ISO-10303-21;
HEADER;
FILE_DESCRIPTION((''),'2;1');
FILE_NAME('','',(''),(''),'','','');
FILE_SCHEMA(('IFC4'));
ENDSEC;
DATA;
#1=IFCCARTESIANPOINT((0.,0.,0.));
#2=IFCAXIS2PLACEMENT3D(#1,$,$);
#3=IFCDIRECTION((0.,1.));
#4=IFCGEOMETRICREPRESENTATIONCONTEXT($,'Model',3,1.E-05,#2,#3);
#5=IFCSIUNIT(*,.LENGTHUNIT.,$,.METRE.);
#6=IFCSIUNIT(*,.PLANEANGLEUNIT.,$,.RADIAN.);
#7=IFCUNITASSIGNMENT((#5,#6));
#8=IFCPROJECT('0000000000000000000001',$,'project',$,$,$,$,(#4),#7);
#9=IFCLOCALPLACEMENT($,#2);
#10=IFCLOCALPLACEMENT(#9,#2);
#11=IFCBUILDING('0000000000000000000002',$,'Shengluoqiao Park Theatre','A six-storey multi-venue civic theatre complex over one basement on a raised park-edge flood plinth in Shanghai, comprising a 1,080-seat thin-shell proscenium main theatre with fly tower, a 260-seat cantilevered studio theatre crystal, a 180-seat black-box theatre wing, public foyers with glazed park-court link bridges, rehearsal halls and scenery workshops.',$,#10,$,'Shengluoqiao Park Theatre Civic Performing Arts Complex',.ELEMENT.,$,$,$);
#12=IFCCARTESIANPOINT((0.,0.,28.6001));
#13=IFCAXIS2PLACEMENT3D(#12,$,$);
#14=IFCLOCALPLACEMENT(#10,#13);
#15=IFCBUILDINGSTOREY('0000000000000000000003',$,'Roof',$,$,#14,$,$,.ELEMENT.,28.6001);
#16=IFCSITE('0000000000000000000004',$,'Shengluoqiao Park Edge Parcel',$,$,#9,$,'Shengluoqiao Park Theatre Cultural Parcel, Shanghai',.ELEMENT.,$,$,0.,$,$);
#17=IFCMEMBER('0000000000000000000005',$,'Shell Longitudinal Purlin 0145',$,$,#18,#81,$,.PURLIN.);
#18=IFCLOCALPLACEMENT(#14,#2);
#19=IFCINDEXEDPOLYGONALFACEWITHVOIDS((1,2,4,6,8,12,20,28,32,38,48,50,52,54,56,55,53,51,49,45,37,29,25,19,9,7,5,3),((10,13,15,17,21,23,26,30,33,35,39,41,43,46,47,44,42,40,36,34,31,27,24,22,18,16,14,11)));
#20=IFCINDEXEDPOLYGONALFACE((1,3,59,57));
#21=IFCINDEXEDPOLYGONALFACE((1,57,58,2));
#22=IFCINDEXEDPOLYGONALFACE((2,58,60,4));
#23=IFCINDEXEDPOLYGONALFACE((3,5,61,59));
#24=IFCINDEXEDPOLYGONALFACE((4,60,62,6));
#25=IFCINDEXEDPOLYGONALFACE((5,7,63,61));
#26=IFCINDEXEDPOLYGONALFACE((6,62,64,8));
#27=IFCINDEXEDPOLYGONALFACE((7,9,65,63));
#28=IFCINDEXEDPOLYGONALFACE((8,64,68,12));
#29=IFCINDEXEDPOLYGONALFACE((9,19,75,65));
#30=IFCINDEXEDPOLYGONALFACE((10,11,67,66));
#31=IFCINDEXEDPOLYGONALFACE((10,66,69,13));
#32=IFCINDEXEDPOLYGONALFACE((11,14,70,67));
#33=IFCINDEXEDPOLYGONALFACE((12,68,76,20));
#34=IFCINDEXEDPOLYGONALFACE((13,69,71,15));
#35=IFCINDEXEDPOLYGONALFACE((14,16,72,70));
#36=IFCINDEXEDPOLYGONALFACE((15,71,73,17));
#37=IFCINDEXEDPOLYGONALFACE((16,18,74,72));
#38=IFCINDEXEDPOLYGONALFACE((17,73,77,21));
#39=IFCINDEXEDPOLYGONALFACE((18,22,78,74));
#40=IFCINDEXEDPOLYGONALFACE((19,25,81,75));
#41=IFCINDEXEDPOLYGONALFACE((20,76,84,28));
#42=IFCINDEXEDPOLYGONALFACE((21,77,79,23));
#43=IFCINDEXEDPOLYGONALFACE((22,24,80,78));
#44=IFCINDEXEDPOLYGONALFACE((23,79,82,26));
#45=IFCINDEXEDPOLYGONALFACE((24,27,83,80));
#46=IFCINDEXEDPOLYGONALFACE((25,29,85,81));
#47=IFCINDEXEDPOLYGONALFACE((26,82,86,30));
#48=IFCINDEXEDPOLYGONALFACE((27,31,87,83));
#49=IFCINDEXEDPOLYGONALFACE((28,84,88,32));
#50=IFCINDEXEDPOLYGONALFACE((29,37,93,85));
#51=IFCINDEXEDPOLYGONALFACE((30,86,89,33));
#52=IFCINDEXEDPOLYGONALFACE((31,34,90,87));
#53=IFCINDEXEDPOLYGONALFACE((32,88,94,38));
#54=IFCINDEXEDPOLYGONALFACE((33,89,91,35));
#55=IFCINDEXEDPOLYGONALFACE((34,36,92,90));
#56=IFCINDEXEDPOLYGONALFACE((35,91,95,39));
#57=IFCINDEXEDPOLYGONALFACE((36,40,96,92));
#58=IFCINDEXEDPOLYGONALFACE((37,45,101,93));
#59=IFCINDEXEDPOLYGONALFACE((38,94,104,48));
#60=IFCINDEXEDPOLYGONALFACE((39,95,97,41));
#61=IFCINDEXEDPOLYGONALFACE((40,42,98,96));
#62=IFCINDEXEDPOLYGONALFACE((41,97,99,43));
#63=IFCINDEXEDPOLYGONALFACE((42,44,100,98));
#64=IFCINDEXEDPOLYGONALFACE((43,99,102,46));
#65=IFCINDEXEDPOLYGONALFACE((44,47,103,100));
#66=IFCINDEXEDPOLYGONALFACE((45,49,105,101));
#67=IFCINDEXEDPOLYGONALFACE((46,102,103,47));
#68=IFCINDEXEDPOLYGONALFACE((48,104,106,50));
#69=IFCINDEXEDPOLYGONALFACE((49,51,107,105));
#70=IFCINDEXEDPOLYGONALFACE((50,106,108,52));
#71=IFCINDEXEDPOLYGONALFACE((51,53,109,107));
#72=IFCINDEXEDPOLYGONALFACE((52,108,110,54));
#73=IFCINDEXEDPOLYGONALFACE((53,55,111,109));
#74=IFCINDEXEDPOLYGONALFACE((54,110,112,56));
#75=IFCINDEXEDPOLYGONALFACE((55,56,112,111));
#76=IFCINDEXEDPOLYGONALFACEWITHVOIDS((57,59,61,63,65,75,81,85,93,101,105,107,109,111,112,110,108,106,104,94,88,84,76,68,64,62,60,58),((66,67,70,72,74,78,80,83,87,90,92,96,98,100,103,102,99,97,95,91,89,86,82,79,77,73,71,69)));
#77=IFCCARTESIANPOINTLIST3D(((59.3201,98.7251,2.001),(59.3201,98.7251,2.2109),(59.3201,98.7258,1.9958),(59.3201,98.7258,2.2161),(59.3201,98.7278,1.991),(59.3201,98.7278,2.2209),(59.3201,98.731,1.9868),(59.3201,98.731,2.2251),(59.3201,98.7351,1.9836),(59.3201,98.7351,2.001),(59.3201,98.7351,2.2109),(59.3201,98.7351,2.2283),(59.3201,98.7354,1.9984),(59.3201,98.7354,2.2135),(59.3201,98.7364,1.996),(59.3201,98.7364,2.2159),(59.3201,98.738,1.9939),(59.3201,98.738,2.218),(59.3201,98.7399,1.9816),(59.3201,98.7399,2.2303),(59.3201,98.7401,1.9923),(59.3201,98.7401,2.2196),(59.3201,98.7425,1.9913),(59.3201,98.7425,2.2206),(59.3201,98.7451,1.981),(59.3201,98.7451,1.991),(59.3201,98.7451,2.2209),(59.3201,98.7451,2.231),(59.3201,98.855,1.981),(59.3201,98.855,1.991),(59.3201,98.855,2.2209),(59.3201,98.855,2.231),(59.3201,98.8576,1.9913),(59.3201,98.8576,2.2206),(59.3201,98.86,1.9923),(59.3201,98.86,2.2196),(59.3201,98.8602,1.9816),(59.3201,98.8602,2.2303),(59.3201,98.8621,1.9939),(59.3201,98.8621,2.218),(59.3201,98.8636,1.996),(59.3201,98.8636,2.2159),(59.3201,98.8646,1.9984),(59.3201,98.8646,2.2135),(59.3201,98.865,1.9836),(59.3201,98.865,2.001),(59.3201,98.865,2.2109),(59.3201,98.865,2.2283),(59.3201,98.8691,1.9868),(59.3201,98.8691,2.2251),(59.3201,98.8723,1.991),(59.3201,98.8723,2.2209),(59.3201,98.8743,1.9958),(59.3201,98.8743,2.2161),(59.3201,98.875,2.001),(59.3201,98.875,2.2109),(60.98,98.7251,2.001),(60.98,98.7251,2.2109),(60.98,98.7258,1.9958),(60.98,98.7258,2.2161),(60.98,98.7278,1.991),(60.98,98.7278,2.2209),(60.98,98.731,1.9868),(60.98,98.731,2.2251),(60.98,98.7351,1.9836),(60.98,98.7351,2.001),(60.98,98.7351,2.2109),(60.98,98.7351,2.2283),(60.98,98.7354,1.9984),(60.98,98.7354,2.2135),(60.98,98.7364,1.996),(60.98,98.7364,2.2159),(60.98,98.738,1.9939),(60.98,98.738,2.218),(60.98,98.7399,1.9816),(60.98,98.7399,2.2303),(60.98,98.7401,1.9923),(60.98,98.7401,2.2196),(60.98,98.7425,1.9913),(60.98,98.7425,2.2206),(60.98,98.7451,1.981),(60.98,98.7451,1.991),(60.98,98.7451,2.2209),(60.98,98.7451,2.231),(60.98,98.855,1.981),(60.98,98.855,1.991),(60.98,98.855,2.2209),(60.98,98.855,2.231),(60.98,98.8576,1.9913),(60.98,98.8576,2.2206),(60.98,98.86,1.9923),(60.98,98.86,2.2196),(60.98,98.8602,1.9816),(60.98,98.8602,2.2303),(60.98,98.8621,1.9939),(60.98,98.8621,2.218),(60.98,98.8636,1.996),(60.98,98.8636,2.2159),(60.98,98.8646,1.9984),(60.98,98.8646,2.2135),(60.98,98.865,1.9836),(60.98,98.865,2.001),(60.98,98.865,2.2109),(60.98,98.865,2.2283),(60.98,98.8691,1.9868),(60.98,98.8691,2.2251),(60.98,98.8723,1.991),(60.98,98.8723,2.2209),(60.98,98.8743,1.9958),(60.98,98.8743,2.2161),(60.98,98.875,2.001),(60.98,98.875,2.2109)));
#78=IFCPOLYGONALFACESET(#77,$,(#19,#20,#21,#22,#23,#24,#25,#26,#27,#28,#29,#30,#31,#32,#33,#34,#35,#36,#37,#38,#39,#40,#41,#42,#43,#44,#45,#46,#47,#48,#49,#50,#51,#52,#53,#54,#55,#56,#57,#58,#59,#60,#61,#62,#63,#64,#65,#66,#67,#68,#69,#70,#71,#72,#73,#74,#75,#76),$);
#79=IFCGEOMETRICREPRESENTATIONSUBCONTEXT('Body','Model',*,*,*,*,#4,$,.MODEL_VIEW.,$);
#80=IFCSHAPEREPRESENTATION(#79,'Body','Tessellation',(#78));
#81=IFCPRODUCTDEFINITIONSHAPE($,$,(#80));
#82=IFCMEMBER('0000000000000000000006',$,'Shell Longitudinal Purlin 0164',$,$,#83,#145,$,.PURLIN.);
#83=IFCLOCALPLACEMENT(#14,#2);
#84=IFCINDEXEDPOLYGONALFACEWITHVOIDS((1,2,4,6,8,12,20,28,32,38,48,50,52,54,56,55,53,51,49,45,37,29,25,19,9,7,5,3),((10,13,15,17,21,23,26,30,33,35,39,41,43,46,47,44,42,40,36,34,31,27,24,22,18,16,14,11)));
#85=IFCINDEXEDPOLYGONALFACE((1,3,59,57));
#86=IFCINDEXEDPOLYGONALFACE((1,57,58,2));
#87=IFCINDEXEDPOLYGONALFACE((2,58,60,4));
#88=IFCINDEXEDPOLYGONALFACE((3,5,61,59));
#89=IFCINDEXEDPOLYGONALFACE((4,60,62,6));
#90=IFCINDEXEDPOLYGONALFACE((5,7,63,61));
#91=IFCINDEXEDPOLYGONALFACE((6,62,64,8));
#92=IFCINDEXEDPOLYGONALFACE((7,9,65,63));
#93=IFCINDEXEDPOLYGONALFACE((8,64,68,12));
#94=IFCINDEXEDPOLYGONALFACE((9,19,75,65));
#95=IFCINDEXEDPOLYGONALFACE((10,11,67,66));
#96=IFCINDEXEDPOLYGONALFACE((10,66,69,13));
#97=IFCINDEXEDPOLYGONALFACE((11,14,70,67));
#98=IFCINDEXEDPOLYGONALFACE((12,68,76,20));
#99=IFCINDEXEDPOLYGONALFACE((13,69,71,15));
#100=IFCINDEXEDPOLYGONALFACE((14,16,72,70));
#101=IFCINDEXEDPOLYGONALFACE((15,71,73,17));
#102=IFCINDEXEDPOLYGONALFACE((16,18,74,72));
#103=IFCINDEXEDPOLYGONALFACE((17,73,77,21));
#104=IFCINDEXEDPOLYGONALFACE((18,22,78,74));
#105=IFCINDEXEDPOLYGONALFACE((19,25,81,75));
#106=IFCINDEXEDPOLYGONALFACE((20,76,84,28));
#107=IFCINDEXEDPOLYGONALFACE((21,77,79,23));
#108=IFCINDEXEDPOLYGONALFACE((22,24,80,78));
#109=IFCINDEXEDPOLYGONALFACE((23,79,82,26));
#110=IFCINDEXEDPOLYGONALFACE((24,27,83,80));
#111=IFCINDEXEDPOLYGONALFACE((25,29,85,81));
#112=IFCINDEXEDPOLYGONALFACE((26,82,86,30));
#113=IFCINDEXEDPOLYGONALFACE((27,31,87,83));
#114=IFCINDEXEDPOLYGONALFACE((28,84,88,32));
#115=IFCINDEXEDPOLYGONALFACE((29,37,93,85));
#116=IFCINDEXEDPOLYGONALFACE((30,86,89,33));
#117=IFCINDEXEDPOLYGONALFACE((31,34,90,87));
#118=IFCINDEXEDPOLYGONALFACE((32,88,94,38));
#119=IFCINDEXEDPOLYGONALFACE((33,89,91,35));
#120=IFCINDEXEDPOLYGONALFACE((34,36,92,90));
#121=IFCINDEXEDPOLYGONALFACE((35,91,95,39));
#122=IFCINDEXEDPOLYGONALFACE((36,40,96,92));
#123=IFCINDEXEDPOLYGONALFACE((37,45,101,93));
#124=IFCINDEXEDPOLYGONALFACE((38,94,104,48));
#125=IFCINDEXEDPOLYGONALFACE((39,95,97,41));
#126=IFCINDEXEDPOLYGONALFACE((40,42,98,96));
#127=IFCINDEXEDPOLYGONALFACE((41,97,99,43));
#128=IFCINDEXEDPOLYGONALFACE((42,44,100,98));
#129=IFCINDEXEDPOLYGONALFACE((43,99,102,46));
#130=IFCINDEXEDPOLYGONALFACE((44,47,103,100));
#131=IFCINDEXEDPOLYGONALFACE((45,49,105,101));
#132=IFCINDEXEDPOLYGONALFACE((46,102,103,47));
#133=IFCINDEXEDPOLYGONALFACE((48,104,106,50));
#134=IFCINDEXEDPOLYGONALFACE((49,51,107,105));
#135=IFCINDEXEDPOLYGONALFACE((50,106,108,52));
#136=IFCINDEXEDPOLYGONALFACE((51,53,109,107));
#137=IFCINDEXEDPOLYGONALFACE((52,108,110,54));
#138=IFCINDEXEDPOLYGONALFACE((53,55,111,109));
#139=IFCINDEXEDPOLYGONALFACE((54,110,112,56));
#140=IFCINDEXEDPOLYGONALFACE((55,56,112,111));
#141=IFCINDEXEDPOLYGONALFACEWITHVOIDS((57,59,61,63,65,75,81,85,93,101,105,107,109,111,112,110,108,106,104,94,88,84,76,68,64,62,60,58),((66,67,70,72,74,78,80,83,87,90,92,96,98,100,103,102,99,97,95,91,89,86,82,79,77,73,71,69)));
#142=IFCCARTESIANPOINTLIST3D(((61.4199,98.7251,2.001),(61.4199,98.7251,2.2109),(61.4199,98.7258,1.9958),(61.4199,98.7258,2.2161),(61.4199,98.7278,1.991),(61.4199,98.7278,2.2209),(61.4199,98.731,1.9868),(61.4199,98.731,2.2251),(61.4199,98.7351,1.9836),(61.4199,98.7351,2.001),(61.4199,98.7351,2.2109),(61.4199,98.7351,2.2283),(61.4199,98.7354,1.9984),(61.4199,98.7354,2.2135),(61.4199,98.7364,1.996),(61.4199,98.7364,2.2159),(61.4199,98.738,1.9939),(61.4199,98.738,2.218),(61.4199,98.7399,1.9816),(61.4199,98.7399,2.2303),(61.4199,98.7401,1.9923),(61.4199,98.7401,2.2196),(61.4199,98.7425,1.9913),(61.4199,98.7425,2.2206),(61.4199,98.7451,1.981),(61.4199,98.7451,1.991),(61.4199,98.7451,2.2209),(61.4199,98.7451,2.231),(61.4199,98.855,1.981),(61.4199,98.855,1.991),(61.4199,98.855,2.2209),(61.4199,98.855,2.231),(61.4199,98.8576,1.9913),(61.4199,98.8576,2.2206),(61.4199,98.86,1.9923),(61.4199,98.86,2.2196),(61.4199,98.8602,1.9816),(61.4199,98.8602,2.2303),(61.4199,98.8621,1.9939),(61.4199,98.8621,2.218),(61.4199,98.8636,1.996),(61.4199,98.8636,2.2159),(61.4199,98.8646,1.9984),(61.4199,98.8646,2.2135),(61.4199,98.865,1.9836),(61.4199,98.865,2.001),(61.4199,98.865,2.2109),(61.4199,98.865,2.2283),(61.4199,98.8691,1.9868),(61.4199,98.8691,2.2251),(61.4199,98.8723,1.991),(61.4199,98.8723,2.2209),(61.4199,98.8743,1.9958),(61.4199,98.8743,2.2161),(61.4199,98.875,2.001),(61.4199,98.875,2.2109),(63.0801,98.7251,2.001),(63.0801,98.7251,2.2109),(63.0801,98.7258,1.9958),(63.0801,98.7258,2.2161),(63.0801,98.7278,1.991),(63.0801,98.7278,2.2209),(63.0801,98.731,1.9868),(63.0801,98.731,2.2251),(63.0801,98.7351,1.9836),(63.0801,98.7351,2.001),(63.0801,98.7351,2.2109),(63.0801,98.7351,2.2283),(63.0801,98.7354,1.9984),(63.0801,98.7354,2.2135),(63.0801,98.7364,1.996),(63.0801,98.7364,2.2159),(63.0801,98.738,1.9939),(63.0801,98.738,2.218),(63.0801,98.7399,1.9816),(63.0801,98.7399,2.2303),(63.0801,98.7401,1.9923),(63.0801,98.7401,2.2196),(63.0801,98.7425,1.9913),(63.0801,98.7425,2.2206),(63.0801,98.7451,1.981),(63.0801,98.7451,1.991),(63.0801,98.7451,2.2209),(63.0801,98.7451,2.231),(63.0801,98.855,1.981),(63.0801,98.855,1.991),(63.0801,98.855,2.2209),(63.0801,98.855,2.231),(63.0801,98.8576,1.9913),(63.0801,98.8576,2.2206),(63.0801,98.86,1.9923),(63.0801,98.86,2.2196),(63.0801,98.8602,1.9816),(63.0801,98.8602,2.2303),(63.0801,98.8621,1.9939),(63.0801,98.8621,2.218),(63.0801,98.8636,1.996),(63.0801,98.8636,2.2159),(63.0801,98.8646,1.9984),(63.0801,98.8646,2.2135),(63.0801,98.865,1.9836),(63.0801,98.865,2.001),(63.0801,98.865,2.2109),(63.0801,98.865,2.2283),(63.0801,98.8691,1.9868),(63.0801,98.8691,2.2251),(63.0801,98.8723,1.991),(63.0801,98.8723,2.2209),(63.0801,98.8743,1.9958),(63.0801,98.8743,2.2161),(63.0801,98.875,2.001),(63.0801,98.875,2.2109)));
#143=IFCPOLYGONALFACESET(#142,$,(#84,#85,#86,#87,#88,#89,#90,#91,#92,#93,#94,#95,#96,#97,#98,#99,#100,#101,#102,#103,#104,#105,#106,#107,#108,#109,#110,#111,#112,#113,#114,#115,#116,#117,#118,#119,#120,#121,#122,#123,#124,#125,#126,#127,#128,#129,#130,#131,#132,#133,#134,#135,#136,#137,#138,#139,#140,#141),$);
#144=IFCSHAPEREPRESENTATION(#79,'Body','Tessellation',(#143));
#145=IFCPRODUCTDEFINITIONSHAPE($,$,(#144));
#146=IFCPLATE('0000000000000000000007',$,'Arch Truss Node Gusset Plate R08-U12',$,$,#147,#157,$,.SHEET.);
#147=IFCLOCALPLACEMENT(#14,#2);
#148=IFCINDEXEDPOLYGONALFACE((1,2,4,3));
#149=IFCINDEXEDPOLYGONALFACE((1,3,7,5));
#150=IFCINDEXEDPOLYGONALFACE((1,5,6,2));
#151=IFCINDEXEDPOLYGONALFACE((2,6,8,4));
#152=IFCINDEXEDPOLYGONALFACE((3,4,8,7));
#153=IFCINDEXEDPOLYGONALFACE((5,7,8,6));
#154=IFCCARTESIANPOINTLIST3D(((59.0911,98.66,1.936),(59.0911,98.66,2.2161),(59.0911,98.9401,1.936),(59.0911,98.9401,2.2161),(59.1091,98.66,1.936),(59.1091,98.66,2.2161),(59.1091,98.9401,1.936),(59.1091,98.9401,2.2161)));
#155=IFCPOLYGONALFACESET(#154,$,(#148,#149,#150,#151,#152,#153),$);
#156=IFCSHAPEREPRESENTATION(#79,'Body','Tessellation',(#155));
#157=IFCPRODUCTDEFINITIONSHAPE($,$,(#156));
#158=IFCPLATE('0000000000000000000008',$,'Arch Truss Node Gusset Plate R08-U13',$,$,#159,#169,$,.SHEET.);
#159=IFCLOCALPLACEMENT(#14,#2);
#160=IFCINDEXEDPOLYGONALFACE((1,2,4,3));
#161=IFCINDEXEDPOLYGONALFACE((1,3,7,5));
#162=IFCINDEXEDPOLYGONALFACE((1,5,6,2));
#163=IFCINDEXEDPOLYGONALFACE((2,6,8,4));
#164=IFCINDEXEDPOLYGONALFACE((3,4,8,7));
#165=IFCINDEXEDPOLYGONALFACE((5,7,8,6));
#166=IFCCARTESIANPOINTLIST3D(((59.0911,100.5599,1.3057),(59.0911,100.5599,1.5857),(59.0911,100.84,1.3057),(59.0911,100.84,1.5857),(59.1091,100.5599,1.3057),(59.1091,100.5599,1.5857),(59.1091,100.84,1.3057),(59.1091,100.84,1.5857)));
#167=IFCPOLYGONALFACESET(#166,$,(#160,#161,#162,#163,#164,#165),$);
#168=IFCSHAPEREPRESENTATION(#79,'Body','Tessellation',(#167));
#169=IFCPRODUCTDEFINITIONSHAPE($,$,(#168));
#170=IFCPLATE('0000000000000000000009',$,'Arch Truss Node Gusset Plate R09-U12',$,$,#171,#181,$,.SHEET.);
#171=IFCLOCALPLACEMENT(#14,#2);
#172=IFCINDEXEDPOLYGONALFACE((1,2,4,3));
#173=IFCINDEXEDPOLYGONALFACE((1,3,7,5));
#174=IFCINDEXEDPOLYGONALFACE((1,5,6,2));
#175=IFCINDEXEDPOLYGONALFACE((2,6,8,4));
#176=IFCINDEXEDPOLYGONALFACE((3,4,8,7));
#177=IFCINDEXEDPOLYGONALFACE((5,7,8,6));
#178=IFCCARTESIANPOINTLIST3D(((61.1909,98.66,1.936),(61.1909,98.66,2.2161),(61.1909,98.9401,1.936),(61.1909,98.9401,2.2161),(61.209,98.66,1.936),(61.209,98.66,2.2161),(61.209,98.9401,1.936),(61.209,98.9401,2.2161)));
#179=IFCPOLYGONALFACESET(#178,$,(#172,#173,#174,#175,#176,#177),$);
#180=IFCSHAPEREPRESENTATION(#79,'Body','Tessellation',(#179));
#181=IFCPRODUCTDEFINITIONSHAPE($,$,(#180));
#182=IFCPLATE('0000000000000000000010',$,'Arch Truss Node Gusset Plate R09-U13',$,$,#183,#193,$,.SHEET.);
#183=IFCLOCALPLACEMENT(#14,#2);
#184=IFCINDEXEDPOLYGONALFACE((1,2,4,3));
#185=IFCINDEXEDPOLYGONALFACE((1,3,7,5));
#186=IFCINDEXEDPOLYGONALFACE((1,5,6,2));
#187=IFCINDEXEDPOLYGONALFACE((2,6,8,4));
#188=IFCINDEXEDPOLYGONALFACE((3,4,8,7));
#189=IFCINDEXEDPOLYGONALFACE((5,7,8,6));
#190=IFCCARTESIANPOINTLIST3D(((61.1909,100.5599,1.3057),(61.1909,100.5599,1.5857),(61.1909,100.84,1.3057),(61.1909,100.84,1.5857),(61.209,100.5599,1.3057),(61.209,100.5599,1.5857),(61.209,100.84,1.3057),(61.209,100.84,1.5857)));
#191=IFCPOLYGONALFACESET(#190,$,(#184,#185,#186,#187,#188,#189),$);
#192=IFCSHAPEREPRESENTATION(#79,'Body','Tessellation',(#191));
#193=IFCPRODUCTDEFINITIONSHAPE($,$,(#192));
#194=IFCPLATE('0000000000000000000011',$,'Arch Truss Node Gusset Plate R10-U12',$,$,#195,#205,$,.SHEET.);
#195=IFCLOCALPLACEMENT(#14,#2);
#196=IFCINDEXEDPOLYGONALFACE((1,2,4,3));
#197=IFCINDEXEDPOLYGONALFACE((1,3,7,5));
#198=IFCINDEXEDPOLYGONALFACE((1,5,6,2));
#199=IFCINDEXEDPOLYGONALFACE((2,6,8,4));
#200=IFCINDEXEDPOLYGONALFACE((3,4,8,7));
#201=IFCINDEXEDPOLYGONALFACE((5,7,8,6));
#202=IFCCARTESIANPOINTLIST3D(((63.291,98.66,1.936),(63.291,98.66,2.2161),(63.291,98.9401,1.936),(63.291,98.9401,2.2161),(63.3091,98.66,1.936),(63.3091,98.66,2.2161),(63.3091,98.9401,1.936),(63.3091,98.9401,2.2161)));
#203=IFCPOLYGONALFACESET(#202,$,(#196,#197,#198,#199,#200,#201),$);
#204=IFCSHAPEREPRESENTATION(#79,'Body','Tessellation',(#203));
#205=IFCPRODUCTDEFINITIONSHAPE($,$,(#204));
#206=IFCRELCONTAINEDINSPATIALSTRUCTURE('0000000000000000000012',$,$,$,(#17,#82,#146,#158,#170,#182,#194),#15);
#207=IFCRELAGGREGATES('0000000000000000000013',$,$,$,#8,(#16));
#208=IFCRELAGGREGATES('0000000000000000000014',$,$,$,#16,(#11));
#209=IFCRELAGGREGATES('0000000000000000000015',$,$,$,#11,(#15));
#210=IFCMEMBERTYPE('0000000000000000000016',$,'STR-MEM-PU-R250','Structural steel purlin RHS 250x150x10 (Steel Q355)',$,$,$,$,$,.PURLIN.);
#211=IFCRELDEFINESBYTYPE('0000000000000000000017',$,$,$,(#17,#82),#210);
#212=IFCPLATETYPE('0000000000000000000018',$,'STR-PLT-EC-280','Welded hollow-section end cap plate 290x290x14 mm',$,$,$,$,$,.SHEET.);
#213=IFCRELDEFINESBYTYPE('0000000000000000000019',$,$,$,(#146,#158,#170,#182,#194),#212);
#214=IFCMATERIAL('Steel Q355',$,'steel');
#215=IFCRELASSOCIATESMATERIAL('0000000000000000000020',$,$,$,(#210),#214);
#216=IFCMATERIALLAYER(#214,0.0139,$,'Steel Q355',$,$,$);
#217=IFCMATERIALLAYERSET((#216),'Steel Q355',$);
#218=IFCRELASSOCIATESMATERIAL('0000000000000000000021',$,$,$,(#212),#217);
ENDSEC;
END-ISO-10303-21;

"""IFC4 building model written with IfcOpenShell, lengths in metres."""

from ifc_helpers import new_model, si_unit, direction, frame, origin, origin_2d, place, context, subcontext, project, spatial, rectangle, hollow_rectangle, extrude, material, layer, layer_set, material_profile, profile_set, type_object, element, save


model = new_model("IFC4")

# Units and contexts
model_context = context("Model", 3, precision=1e-05, world=origin(), true_north=direction((0.0, 1.0)))
body_context = subcontext(model_context, "Body", "Model", "MODEL_VIEW")
ifc_project = project(units=[si_unit("LENGTHUNIT", "METRE"), si_unit("PLANEANGLEUNIT", "RADIAN")], contexts=[model_context])

# Site, building, storey
site_placement = place(None, origin())
site = spatial("IfcSite", under=ifc_project, at=site_placement, Name="Shengluoqiao Park Edge Parcel", LongName="Shengluoqiao Park Theatre Cultural Parcel, Shanghai", CompositionType="ELEMENT", RefElevation=0.0)
building_placement = place(site_placement, origin())
building = spatial("IfcBuilding", under=site, at=building_placement, Name="Shengluoqiao Park Theatre", Description="A six-storey multi-venue civic theatre complex over one basement on a raised park-edge flood plinth in Shanghai, comprising a 1,080-seat thin-shell proscenium main theatre with fly tower, a 260-seat cantilevered studio theatre crystal, a 180-seat black-box theatre wing, public foyers with glazed park-court link bridges, rehearsal halls and scenery workshops.", LongName="Shengluoqiao Park Theatre Civic Performing Arts Complex", CompositionType="ELEMENT")
storey_placement = place(building_placement, frame((0.0, 0.0, 28.6001)))
storey = spatial("IfcBuildingStorey", under=building, at=storey_placement, Name="Roof", CompositionType="ELEMENT", Elevation=28.6001)

# Members
ifc_material_1 = material(Name="Steel Q355", Category="steel")
ifc_material_profile_1 = material_profile(ifc_material_1, hollow_rectangle(XDim=0.1499, YDim=0.25, WallThickness=0.01, InnerFilletRadius=0.01, OuterFilletRadius=0.02, at=origin_2d()), Name="RHS 250x150x10")
ifc_profile_set_1 = profile_set([ifc_material_profile_1], Name="Steel Q355")
member_type_1 = type_object("IfcMemberType", Name="STR-MEM-PU-R250", Description="Structural steel purlin RHS 250x150x10 (Steel Q355)", PredefinedType="PURLIN", material=ifc_profile_set_1)
for number, where, z_axis, x_axis, name in (
    (1, (59.3201, 98.8, 2.106), (1.0, 0.0, 0.0), (0.0, 1.0, 0.0), "Shell Longitudinal Purlin 0145"),
):
    element("IfcMember", number, at=place(storey_placement, frame(where, z_axis=z_axis, x_axis=x_axis)), inside=storey, type_object=member_type_1, Name=name, PredefinedType="PURLIN", context=body_context, shape_type="SweptSolid", body=[
        extrude(hollow_rectangle(XDim=0.1499, YDim=0.25, WallThickness=0.01, InnerFilletRadius=0.01, OuterFilletRadius=0.02, at=origin_2d()), origin(), (0.0, 0.0, 1.0), 1.6599),
    ])
member_1_placement = place(storey_placement, frame((61.4199, 98.8, 2.106), z_axis=(1.0, 0.0, 0.0), x_axis=(0.0, 1.0, 0.0)))
element("IfcMember", 2, at=member_1_placement, inside=storey, type_object=member_type_1, Name="Shell Longitudinal Purlin 0164", PredefinedType="PURLIN", context=body_context, shape_type="SweptSolid", body=[
    extrude(hollow_rectangle(XDim=0.1499, YDim=0.25, WallThickness=0.01, InnerFilletRadius=0.01, OuterFilletRadius=0.02, at=origin_2d()), origin(), (0.0, 0.0, 1.0), 1.6602),
])

# Plates
ifc_layer_1 = layer(ifc_material_1, 0.0139, Name="Steel Q355")
ifc_layer_set_1 = layer_set([ifc_layer_1], Name="Steel Q355")
plate_type_1 = type_object("IfcPlateType", Name="STR-PLT-EC-280", Description="Welded hollow-section end cap plate 290x290x14 mm", PredefinedType="SHEET", material=ifc_layer_set_1)
for number, where, z_axis, x_axis, name in (
    (3, (59.1001, 98.8, 1.936), (0.0, 0.0, 1.0), (1.0, 0.0, 0.0), "Arch Truss Node Gusset Plate R08-U12"),
    (4, (59.1001, 100.7, 1.3057), (0.0, 0.0, 1.0), (1.0, 0.0, 0.0), "Arch Truss Node Gusset Plate R08-U13"),
    (5, (61.2, 98.8, 1.936), (0.0, 0.0, 1.0), (1.0, 0.0, 0.0), "Arch Truss Node Gusset Plate R09-U12"),
    (6, (61.2, 100.7, 1.3057), (0.0, 0.0, 1.0), (1.0, 0.0, 0.0), "Arch Truss Node Gusset Plate R09-U13"),
    (7, (63.3, 98.8, 1.936), (0.0, 0.0, 1.0), (1.0, 0.0, 0.0), "Arch Truss Node Gusset Plate R10-U12"),
):
    element("IfcPlate", number, at=place(storey_placement, frame(where, z_axis=z_axis, x_axis=x_axis)), inside=storey, type_object=plate_type_1, Name=name, PredefinedType="SHEET", context=body_context, shape_type="SweptSolid", body=[
        extrude(rectangle(XDim=0.0181, YDim=0.28, at=origin_2d()), origin(), (0.0, 0.0, 1.0), 0.28),
    ])

save(model, "model.ifc")
